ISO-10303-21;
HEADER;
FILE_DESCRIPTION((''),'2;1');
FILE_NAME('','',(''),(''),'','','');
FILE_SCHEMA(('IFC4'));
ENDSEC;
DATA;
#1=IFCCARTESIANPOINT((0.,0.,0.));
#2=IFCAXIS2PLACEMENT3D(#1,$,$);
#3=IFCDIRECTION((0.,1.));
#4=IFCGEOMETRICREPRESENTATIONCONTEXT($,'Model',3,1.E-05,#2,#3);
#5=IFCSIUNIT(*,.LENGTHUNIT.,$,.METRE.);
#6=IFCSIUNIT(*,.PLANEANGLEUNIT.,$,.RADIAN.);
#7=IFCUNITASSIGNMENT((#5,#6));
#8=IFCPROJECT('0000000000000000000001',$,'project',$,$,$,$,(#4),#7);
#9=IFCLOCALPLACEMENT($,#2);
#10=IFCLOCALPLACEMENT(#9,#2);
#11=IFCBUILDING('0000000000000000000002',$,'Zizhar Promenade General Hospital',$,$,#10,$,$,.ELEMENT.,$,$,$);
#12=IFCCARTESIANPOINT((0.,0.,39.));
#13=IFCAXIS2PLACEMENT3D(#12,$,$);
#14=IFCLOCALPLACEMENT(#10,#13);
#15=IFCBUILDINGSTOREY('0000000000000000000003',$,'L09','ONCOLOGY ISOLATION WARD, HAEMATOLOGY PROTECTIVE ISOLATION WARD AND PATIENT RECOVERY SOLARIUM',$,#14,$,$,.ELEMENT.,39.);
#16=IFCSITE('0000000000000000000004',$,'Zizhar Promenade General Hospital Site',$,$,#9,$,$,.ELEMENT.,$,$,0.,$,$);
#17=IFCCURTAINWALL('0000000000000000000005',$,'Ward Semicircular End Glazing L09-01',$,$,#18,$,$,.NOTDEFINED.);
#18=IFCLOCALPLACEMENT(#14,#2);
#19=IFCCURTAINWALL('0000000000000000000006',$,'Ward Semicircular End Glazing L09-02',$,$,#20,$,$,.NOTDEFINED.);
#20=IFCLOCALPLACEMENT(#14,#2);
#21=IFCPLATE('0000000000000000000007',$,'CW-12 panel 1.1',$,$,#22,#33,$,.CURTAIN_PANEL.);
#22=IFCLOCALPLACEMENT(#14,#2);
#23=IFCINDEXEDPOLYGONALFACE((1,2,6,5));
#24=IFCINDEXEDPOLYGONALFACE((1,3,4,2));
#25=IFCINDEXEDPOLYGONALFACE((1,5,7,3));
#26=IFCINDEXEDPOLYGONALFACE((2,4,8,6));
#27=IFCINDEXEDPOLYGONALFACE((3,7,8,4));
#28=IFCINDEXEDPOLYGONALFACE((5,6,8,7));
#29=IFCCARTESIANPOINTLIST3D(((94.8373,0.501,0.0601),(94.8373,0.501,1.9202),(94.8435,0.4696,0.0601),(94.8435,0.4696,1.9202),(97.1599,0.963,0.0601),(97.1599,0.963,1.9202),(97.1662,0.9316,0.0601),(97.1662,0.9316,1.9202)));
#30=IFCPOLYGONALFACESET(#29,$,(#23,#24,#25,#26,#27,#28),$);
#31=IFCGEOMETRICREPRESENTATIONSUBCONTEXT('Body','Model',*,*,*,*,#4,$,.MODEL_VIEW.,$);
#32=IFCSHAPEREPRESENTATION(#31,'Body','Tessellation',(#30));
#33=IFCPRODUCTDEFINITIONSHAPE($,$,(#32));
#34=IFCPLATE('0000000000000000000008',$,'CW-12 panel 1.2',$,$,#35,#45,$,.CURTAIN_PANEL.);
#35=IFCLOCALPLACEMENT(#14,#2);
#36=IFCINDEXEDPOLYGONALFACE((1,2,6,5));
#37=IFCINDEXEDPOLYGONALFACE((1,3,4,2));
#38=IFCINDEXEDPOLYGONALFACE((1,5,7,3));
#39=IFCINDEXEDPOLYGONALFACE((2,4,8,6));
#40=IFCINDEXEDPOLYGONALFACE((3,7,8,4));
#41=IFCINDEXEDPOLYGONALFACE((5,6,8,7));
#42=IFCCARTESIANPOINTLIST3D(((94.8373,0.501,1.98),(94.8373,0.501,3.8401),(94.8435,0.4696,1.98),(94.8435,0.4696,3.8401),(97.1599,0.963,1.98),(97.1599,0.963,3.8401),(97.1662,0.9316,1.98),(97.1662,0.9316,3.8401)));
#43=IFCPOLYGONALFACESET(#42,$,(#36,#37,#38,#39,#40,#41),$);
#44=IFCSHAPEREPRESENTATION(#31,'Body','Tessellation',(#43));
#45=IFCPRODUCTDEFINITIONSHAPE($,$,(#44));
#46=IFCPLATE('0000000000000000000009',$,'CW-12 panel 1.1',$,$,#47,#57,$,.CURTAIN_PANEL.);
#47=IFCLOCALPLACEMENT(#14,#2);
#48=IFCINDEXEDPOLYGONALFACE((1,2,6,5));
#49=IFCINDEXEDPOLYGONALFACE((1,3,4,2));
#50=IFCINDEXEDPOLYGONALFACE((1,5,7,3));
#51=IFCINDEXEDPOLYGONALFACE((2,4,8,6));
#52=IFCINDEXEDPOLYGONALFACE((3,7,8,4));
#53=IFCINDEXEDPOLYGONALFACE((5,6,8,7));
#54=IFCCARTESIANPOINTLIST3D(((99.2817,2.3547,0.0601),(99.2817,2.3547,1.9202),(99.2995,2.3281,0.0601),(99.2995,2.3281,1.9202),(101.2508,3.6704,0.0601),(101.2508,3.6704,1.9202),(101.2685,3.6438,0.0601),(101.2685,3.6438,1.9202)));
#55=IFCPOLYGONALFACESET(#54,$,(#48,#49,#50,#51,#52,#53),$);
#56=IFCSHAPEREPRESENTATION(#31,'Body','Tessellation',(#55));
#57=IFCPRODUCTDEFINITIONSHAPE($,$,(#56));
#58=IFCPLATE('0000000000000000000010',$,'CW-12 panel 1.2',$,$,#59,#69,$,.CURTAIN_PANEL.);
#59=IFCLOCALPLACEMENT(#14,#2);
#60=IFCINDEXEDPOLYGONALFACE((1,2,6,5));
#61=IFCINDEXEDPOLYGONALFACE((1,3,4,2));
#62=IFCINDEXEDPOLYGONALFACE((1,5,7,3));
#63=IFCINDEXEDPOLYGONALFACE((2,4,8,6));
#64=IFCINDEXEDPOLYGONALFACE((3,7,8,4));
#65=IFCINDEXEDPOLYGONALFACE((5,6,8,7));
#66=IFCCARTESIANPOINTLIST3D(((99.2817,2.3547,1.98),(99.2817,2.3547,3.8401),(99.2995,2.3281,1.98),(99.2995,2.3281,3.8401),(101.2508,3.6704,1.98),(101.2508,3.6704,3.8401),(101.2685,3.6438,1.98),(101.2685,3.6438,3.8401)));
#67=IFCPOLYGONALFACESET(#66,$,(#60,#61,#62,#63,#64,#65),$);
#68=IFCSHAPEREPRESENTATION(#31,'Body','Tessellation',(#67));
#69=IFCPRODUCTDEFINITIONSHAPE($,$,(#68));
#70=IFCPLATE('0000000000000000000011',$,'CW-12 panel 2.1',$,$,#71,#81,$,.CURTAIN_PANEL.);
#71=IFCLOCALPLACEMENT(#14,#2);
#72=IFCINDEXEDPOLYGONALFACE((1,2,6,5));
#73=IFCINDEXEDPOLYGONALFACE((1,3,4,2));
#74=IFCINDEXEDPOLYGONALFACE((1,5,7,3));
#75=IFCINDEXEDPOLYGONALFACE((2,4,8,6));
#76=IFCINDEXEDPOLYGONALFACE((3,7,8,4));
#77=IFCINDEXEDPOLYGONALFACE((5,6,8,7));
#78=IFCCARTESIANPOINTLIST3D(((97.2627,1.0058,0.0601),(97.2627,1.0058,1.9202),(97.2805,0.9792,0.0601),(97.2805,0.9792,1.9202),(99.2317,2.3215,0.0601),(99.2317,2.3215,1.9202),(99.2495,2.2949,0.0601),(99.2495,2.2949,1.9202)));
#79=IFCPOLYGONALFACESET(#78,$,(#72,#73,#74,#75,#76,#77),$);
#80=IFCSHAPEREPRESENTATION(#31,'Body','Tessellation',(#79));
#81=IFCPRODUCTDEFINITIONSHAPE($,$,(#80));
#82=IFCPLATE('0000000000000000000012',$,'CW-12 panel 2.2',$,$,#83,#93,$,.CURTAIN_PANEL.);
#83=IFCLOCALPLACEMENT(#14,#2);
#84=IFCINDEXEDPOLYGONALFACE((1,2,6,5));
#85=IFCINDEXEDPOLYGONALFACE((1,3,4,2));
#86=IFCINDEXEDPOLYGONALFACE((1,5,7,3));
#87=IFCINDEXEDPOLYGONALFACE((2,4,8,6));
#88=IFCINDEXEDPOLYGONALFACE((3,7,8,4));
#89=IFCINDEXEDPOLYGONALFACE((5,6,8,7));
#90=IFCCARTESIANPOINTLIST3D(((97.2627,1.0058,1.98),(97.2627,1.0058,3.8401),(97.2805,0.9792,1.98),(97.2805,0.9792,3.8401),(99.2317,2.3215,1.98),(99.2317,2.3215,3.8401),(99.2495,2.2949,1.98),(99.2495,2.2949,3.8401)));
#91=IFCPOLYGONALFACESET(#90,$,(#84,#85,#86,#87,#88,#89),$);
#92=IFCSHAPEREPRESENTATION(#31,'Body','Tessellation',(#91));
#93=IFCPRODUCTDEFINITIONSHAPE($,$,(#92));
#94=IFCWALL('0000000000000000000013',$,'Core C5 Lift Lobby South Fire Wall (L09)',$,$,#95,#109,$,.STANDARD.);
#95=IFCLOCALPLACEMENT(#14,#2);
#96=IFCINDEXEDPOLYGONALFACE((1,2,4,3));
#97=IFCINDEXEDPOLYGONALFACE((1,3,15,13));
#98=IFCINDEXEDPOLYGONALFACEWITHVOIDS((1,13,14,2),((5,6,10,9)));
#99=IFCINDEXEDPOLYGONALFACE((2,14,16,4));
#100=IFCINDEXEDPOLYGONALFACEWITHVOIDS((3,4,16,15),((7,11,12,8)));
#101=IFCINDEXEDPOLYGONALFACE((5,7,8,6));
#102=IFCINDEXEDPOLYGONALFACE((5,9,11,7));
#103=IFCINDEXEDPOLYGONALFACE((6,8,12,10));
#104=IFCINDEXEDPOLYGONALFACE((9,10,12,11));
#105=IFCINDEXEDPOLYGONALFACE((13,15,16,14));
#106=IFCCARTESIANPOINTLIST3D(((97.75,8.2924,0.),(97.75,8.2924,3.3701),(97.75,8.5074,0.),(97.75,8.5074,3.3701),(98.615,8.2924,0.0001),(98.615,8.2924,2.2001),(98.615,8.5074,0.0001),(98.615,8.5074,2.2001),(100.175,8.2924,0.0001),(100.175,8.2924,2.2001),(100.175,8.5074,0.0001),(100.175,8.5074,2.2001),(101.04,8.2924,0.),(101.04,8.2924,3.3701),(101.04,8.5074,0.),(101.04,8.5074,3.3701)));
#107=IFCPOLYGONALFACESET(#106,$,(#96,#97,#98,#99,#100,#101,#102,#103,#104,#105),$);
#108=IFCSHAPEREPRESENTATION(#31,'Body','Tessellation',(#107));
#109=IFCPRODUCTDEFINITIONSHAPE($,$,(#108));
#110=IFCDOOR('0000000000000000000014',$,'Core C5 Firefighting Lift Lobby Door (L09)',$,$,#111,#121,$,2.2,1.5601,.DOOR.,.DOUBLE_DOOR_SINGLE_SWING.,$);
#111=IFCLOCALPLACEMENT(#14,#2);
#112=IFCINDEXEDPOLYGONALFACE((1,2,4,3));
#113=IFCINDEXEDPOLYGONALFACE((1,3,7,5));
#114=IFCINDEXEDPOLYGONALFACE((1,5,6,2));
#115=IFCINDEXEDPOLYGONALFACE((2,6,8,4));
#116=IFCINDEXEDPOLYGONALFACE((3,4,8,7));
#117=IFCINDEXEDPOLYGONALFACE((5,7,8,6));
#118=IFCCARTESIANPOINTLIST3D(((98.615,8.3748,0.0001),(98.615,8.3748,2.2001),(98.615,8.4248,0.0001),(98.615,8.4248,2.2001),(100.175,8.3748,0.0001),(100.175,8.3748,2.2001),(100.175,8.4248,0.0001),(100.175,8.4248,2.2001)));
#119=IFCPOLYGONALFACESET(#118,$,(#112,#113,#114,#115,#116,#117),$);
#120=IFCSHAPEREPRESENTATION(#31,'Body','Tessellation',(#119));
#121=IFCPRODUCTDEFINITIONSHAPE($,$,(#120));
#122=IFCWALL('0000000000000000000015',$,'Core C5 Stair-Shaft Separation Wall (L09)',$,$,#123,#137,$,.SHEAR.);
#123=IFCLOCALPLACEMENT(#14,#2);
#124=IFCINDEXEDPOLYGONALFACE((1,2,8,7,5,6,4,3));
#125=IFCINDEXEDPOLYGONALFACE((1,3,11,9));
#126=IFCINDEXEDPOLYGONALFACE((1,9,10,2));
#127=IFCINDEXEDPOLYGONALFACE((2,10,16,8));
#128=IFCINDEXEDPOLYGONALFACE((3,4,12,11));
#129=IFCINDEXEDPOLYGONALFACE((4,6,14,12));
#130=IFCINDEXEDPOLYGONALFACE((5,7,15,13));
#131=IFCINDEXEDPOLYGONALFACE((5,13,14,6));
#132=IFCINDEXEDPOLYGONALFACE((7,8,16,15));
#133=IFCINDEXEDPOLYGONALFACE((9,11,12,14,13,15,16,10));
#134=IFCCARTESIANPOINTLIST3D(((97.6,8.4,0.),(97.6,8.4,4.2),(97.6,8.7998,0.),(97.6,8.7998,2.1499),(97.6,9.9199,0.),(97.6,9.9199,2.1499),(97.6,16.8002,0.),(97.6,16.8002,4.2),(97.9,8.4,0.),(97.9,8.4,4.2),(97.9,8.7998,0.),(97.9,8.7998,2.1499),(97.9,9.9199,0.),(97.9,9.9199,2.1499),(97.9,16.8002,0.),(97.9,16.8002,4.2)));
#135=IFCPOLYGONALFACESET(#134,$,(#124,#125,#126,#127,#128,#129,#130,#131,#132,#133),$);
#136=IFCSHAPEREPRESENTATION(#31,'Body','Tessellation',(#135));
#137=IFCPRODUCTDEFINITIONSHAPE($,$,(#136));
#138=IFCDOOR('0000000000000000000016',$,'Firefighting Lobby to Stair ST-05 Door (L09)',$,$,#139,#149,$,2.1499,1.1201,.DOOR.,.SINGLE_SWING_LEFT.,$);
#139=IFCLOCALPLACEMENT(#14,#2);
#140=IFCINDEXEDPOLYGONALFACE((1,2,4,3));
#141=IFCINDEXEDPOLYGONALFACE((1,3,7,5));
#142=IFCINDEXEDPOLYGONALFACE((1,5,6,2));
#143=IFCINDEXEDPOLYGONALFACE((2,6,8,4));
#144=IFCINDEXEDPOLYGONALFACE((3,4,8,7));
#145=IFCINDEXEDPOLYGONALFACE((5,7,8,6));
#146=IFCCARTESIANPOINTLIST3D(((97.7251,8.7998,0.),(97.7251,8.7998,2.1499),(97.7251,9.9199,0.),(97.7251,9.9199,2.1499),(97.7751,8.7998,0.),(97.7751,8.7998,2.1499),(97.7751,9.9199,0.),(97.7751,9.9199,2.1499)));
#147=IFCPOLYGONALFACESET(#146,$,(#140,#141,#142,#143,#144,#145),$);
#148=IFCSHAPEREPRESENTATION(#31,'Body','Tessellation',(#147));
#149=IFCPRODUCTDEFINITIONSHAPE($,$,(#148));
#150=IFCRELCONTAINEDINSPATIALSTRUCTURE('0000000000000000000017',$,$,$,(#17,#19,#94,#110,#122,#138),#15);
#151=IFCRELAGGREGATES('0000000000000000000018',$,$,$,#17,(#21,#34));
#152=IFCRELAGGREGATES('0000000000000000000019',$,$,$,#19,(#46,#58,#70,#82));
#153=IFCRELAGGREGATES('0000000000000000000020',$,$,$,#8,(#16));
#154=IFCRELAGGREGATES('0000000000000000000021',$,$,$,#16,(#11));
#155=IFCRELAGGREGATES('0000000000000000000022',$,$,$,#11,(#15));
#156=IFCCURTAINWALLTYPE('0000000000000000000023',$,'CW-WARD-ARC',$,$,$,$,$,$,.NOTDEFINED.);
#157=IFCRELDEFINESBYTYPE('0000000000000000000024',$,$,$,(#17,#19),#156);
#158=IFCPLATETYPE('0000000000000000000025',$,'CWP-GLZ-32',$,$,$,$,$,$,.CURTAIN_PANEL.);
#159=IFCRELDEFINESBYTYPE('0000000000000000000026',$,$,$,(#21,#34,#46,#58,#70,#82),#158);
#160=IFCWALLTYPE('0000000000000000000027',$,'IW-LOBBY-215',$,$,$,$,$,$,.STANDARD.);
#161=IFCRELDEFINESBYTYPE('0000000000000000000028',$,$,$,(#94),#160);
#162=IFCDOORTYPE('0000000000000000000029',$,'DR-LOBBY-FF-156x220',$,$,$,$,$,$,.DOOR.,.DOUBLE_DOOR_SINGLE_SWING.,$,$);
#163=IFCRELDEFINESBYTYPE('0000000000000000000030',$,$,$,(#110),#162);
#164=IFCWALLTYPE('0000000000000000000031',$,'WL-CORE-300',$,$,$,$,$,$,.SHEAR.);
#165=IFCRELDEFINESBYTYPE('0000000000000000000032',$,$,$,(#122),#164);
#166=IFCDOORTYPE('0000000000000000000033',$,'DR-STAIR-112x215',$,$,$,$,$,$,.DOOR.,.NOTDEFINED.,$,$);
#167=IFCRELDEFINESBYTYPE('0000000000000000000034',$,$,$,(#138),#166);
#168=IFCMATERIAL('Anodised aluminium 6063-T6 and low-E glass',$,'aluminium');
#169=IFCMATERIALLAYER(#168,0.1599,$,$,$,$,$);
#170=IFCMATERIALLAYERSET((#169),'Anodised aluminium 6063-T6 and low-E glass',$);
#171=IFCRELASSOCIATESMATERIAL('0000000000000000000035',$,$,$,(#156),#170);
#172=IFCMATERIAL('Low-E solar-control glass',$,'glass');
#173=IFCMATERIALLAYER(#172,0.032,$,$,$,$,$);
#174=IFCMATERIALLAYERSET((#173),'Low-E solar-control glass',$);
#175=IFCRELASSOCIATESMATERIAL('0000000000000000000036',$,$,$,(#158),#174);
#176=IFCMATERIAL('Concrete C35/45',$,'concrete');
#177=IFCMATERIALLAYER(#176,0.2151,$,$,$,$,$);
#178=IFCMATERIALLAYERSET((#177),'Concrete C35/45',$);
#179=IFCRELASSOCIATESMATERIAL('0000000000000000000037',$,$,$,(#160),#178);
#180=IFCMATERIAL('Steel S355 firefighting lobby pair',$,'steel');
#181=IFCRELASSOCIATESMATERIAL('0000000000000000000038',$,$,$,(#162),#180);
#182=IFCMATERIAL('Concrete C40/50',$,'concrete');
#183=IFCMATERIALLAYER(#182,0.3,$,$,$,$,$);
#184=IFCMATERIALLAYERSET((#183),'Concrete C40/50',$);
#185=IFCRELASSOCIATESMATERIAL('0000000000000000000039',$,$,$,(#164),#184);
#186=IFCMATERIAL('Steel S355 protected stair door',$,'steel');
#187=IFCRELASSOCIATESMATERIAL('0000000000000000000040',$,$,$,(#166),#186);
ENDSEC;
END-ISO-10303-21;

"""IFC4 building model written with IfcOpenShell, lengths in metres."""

from ifc_helpers import new_model, si_unit, direction, frame, frame_2d, origin, origin_2d, place, context, subcontext, project, spatial, rectangle, extrude, material, layer, layer_set, type_object, element, fill, aggregate, save


model = new_model("IFC4")

# Units and contexts
model_context = context("Model", 3, precision=1e-05, world=origin(), true_north=direction((0.0, 1.0)))
body_context = subcontext(model_context, "Body", "Model", "MODEL_VIEW")
ifc_project = project(units=[si_unit("LENGTHUNIT", "METRE"), si_unit("PLANEANGLEUNIT", "RADIAN")], contexts=[model_context])

# Site, building, storey
site_placement = place(None, origin())
site = spatial("IfcSite", under=ifc_project, at=site_placement, Name="Zizhar Promenade General Hospital Site", CompositionType="ELEMENT", RefElevation=0.0)
building_placement = place(site_placement, origin())
building = spatial("IfcBuilding", under=site, at=building_placement, Name="Zizhar Promenade General Hospital", CompositionType="ELEMENT")
storey_placement = place(building_placement, frame((0.0, 0.0, 39.0)))
storey = spatial("IfcBuildingStorey", under=building, at=storey_placement, Name="L09", Description="ONCOLOGY ISOLATION WARD, HAEMATOLOGY PROTECTIVE ISOLATION WARD AND PATIENT RECOVERY SOLARIUM", CompositionType="ELEMENT", Elevation=39.0)

# Curtain walls
ifc_material_1 = material(Name="Anodised aluminium 6063-T6 and low-E glass", Category="aluminium")
ifc_layer_1 = layer(ifc_material_1, 0.1599)
ifc_layer_set_1 = layer_set([ifc_layer_1], Name="Anodised aluminium 6063-T6 and low-E glass")
curtain_wall_type = type_object("IfcCurtainWallType", Name="CW-WARD-ARC", PredefinedType="NOTDEFINED", material=ifc_layer_set_1)
curtain_wall_1_placement = place(storey_placement, origin())
curtain_wall_1 = element("IfcCurtainWall", 1, at=curtain_wall_1_placement, inside=storey, type_object=curtain_wall_type, Name="Ward Semicircular End Glazing L09-01", PredefinedType="NOTDEFINED")
curtain_wall_2_placement = place(storey_placement, origin())
curtain_wall_2 = element("IfcCurtainWall", 2, at=curtain_wall_2_placement, inside=storey, type_object=curtain_wall_type, Name="Ward Semicircular End Glazing L09-02", PredefinedType="NOTDEFINED")

# Plates
ifc_material_2 = material(Name="Low-E solar-control glass", Category="glass")
ifc_layer_2 = layer(ifc_material_2, 0.032)
ifc_layer_set_2 = layer_set([ifc_layer_2], Name="Low-E solar-control glass")
plate_type = type_object("IfcPlateType", Name="CWP-GLZ-32", PredefinedType="CURTAIN_PANEL", material=ifc_layer_set_2)
plate_1_placement = place(storey_placement, frame((96.0017, 0.7163, 0.0601), z_axis=(0.0, 0.0, 1.0), x_axis=(-0.980786, -0.195087, 0.0)))
plate_1 = element("IfcPlate", 3, at=plate_1_placement, type_object=plate_type, Name="CW-12 panel 1.1", PredefinedType="CURTAIN_PANEL", context=body_context, shape_type="SweptSolid", body=[
    extrude(rectangle(XDim=2.3682, YDim=0.032, at=origin_2d()), origin(), (0.0, 0.0, 1.0), 1.8601),
])
plate_2_placement = place(storey_placement, frame((96.0017, 0.7163, 1.98), z_axis=(0.0, 0.0, 1.0), x_axis=(-0.980786, -0.195087, 0.0)))
plate_2 = element("IfcPlate", 4, at=plate_2_placement, type_object=plate_type, Name="CW-12 panel 1.2", PredefinedType="CURTAIN_PANEL", context=body_context, shape_type="SweptSolid", body=[
    extrude(rectangle(XDim=2.3682, YDim=0.032, at=origin_2d()), origin(), (0.0, 0.0, 1.0), 1.8601),
])
aggregate(curtain_wall_1, [plate_1, plate_2])
plate_3_placement = place(storey_placement, frame((100.2751, 2.9993, 0.0601), z_axis=(0.0, 0.0, 1.0), x_axis=(-0.831462, -0.555582, 0.0)))
plate_3 = element("IfcPlate", 5, at=plate_3_placement, type_object=plate_type, Name="CW-12 panel 1.1", PredefinedType="CURTAIN_PANEL", context=body_context, shape_type="SweptSolid", body=[
    extrude(rectangle(XDim=2.3682, YDim=0.032, at=origin_2d()), origin(), (0.0, 0.0, 1.0), 1.8601),
])
plate_4_placement = place(storey_placement, frame((100.2751, 2.9993, 1.98), z_axis=(0.0, 0.0, 1.0), x_axis=(-0.831462, -0.555582, 0.0)))
plate_4 = element("IfcPlate", 6, at=plate_4_placement, type_object=plate_type, Name="CW-12 panel 1.2", PredefinedType="CURTAIN_PANEL", context=body_context, shape_type="SweptSolid", body=[
    extrude(rectangle(XDim=2.3682, YDim=0.032, at=origin_2d()), origin(), (0.0, 0.0, 1.0), 1.8601),
])
plate_5_placement = place(storey_placement, frame((98.2561, 1.6504, 0.0601), z_axis=(0.0, 0.0, 1.0), x_axis=(-0.831462, -0.555582, 0.0)))
plate_5 = element("IfcPlate", 7, at=plate_5_placement, type_object=plate_type, Name="CW-12 panel 2.1", PredefinedType="CURTAIN_PANEL", context=body_context, shape_type="SweptSolid", body=[
    extrude(rectangle(XDim=2.3682, YDim=0.032, at=origin_2d()), origin(), (0.0, 0.0, 1.0), 1.8601),
])
plate_6_placement = place(storey_placement, frame((98.2561, 1.6504, 1.98), z_axis=(0.0, 0.0, 1.0), x_axis=(-0.831462, -0.555582, 0.0)))
plate_6 = element("IfcPlate", 8, at=plate_6_placement, type_object=plate_type, Name="CW-12 panel 2.2", PredefinedType="CURTAIN_PANEL", context=body_context, shape_type="SweptSolid", body=[
    extrude(rectangle(XDim=2.3682, YDim=0.032, at=origin_2d()), origin(), (0.0, 0.0, 1.0), 1.8601),
])
aggregate(curtain_wall_2, [plate_3, plate_4, plate_5, plate_6])

# Walls, openings, doors
ifc_material_3 = material(Name="Concrete C35/45", Category="concrete")
ifc_layer_3 = layer(ifc_material_3, 0.2151)
ifc_layer_set_3 = layer_set([ifc_layer_3], Name="Concrete C35/45")
wall_type_1 = type_object("IfcWallType", Name="IW-LOBBY-215", PredefinedType="STANDARD", material=ifc_layer_set_3)
wall_1_placement = place(storey_placement, frame((97.75, 8.3999, 0.0), z_axis=(0.0, 0.0, 1.0), x_axis=(1.0, 0.0, 0.0)))
wall_1 = element("IfcWall", 9, at=wall_1_placement, inside=storey, type_object=wall_type_1, Name="Core C5 Lift Lobby South Fire Wall (L09)", PredefinedType="STANDARD", context=body_context, shape_type="SweptSolid", body=[
    extrude(rectangle(XDim=3.29, YDim=0.2151, at=frame_2d((1.645, 0.0))), origin(), (0.0, 0.0, 1.0), 3.3701),
])
opening_1_placement = place(wall_1_placement, frame((0.865, 0.0, 0.0)))
opening_1 = element("IfcOpeningElement", 10, at=opening_1_placement, cuts=wall_1, PredefinedType="OPENING", context=body_context, shape_type="SweptSolid", body=[
    extrude(rectangle(XDim=1.5601, YDim=2.2, at=frame_2d((0.78, 1.1001))), frame((0.0, 0.1177, 0.0), z_axis=(0.0, -1.0, 0.0), x_axis=(1.0, 0.0, 0.0)), (0.0, 0.0, 1.0), 0.2351),
])
ifc_material_4 = material(Name="Steel S355 firefighting lobby pair", Category="steel")
door_type_1 = type_object("IfcDoorType", Name="DR-LOBBY-FF-156x220", OperationType="DOUBLE_DOOR_SINGLE_SWING", PredefinedType="DOOR", material=ifc_material_4)
door_1_placement = place(opening_1_placement, origin())
door_1 = element("IfcDoor", 11, at=door_1_placement, inside=storey, type_object=door_type_1, Name="Core C5 Firefighting Lift Lobby Door (L09)", OperationType="DOUBLE_DOOR_SINGLE_SWING", OverallHeight=2.2, OverallWidth=1.5601, PredefinedType="DOOR", context=body_context, shape_type="SweptSolid", body=[
    extrude(rectangle(XDim=1.5601, YDim=2.2, at=frame_2d((0.78, 1.1001))), frame((0.0, 0.0249, 0.0), z_axis=(0.0, -1.0, 0.0), x_axis=(1.0, 0.0, 0.0)), (0.0, 0.0, 1.0), 0.05),
])
fill(opening_1, door_1)
ifc_material_5 = material(Name="Concrete C40/50", Category="concrete")
ifc_layer_4 = layer(ifc_material_5, 0.3)
ifc_layer_set_4 = layer_set([ifc_layer_4], Name="Concrete C40/50")
wall_type_2 = type_object("IfcWallType", Name="WL-CORE-300", PredefinedType="SHEAR", material=ifc_layer_set_4)
wall_2_placement = place(storey_placement, frame((97.75, 8.3999, 0.0), z_axis=(0.0, 0.0, 1.0), x_axis=(0.0, 1.0, 0.0)))
wall_2 = element("IfcWall", 12, at=wall_2_placement, inside=storey, type_object=wall_type_2, Name="Core C5 Stair-Shaft Separation Wall (L09)", PredefinedType="SHEAR", context=body_context, shape_type="SweptSolid", body=[
    extrude(rectangle(XDim=8.4001, YDim=0.3, at=frame_2d((4.2002, 0.0))), origin(), (0.0, 0.0, 1.0), 4.2),
])
opening_2_placement = place(wall_2_placement, frame((0.3999, 0.0, 0.0)))
opening_2 = element("IfcOpeningElement", 13, at=opening_2_placement, cuts=wall_2, PredefinedType="OPENING", context=body_context, shape_type="SweptSolid", body=[
    extrude(rectangle(XDim=1.1201, YDim=2.1499, at=frame_2d((0.5601, 1.075))), frame((0.0, 0.1602, 0.0), z_axis=(0.0, -1.0, 0.0), x_axis=(1.0, 0.0, 0.0)), (0.0, 0.0, 1.0), 0.3201),
])
ifc_material_6 = material(Name="Steel S355 protected stair door", Category="steel")
door_type_2 = type_object("IfcDoorType", Name="DR-STAIR-112x215", OperationType="NOTDEFINED", PredefinedType="DOOR", material=ifc_material_6)
door_2_placement = place(opening_2_placement, origin())
door_2 = element("IfcDoor", 14, at=door_2_placement, inside=storey, type_object=door_type_2, Name="Firefighting Lobby to Stair ST-05 Door (L09)", OperationType="SINGLE_SWING_LEFT", OverallHeight=2.1499, OverallWidth=1.1201, PredefinedType="DOOR", context=body_context, shape_type="SweptSolid", body=[
    extrude(rectangle(XDim=1.1201, YDim=2.1499, at=frame_2d((0.5601, 1.075))), frame((0.0, 0.0249, 0.0), z_axis=(0.0, -1.0, 0.0), x_axis=(1.0, 0.0, 0.0)), (0.0, 0.0, 1.0), 0.05),
])
fill(opening_2, door_2)

save(model, "model.ifc")
